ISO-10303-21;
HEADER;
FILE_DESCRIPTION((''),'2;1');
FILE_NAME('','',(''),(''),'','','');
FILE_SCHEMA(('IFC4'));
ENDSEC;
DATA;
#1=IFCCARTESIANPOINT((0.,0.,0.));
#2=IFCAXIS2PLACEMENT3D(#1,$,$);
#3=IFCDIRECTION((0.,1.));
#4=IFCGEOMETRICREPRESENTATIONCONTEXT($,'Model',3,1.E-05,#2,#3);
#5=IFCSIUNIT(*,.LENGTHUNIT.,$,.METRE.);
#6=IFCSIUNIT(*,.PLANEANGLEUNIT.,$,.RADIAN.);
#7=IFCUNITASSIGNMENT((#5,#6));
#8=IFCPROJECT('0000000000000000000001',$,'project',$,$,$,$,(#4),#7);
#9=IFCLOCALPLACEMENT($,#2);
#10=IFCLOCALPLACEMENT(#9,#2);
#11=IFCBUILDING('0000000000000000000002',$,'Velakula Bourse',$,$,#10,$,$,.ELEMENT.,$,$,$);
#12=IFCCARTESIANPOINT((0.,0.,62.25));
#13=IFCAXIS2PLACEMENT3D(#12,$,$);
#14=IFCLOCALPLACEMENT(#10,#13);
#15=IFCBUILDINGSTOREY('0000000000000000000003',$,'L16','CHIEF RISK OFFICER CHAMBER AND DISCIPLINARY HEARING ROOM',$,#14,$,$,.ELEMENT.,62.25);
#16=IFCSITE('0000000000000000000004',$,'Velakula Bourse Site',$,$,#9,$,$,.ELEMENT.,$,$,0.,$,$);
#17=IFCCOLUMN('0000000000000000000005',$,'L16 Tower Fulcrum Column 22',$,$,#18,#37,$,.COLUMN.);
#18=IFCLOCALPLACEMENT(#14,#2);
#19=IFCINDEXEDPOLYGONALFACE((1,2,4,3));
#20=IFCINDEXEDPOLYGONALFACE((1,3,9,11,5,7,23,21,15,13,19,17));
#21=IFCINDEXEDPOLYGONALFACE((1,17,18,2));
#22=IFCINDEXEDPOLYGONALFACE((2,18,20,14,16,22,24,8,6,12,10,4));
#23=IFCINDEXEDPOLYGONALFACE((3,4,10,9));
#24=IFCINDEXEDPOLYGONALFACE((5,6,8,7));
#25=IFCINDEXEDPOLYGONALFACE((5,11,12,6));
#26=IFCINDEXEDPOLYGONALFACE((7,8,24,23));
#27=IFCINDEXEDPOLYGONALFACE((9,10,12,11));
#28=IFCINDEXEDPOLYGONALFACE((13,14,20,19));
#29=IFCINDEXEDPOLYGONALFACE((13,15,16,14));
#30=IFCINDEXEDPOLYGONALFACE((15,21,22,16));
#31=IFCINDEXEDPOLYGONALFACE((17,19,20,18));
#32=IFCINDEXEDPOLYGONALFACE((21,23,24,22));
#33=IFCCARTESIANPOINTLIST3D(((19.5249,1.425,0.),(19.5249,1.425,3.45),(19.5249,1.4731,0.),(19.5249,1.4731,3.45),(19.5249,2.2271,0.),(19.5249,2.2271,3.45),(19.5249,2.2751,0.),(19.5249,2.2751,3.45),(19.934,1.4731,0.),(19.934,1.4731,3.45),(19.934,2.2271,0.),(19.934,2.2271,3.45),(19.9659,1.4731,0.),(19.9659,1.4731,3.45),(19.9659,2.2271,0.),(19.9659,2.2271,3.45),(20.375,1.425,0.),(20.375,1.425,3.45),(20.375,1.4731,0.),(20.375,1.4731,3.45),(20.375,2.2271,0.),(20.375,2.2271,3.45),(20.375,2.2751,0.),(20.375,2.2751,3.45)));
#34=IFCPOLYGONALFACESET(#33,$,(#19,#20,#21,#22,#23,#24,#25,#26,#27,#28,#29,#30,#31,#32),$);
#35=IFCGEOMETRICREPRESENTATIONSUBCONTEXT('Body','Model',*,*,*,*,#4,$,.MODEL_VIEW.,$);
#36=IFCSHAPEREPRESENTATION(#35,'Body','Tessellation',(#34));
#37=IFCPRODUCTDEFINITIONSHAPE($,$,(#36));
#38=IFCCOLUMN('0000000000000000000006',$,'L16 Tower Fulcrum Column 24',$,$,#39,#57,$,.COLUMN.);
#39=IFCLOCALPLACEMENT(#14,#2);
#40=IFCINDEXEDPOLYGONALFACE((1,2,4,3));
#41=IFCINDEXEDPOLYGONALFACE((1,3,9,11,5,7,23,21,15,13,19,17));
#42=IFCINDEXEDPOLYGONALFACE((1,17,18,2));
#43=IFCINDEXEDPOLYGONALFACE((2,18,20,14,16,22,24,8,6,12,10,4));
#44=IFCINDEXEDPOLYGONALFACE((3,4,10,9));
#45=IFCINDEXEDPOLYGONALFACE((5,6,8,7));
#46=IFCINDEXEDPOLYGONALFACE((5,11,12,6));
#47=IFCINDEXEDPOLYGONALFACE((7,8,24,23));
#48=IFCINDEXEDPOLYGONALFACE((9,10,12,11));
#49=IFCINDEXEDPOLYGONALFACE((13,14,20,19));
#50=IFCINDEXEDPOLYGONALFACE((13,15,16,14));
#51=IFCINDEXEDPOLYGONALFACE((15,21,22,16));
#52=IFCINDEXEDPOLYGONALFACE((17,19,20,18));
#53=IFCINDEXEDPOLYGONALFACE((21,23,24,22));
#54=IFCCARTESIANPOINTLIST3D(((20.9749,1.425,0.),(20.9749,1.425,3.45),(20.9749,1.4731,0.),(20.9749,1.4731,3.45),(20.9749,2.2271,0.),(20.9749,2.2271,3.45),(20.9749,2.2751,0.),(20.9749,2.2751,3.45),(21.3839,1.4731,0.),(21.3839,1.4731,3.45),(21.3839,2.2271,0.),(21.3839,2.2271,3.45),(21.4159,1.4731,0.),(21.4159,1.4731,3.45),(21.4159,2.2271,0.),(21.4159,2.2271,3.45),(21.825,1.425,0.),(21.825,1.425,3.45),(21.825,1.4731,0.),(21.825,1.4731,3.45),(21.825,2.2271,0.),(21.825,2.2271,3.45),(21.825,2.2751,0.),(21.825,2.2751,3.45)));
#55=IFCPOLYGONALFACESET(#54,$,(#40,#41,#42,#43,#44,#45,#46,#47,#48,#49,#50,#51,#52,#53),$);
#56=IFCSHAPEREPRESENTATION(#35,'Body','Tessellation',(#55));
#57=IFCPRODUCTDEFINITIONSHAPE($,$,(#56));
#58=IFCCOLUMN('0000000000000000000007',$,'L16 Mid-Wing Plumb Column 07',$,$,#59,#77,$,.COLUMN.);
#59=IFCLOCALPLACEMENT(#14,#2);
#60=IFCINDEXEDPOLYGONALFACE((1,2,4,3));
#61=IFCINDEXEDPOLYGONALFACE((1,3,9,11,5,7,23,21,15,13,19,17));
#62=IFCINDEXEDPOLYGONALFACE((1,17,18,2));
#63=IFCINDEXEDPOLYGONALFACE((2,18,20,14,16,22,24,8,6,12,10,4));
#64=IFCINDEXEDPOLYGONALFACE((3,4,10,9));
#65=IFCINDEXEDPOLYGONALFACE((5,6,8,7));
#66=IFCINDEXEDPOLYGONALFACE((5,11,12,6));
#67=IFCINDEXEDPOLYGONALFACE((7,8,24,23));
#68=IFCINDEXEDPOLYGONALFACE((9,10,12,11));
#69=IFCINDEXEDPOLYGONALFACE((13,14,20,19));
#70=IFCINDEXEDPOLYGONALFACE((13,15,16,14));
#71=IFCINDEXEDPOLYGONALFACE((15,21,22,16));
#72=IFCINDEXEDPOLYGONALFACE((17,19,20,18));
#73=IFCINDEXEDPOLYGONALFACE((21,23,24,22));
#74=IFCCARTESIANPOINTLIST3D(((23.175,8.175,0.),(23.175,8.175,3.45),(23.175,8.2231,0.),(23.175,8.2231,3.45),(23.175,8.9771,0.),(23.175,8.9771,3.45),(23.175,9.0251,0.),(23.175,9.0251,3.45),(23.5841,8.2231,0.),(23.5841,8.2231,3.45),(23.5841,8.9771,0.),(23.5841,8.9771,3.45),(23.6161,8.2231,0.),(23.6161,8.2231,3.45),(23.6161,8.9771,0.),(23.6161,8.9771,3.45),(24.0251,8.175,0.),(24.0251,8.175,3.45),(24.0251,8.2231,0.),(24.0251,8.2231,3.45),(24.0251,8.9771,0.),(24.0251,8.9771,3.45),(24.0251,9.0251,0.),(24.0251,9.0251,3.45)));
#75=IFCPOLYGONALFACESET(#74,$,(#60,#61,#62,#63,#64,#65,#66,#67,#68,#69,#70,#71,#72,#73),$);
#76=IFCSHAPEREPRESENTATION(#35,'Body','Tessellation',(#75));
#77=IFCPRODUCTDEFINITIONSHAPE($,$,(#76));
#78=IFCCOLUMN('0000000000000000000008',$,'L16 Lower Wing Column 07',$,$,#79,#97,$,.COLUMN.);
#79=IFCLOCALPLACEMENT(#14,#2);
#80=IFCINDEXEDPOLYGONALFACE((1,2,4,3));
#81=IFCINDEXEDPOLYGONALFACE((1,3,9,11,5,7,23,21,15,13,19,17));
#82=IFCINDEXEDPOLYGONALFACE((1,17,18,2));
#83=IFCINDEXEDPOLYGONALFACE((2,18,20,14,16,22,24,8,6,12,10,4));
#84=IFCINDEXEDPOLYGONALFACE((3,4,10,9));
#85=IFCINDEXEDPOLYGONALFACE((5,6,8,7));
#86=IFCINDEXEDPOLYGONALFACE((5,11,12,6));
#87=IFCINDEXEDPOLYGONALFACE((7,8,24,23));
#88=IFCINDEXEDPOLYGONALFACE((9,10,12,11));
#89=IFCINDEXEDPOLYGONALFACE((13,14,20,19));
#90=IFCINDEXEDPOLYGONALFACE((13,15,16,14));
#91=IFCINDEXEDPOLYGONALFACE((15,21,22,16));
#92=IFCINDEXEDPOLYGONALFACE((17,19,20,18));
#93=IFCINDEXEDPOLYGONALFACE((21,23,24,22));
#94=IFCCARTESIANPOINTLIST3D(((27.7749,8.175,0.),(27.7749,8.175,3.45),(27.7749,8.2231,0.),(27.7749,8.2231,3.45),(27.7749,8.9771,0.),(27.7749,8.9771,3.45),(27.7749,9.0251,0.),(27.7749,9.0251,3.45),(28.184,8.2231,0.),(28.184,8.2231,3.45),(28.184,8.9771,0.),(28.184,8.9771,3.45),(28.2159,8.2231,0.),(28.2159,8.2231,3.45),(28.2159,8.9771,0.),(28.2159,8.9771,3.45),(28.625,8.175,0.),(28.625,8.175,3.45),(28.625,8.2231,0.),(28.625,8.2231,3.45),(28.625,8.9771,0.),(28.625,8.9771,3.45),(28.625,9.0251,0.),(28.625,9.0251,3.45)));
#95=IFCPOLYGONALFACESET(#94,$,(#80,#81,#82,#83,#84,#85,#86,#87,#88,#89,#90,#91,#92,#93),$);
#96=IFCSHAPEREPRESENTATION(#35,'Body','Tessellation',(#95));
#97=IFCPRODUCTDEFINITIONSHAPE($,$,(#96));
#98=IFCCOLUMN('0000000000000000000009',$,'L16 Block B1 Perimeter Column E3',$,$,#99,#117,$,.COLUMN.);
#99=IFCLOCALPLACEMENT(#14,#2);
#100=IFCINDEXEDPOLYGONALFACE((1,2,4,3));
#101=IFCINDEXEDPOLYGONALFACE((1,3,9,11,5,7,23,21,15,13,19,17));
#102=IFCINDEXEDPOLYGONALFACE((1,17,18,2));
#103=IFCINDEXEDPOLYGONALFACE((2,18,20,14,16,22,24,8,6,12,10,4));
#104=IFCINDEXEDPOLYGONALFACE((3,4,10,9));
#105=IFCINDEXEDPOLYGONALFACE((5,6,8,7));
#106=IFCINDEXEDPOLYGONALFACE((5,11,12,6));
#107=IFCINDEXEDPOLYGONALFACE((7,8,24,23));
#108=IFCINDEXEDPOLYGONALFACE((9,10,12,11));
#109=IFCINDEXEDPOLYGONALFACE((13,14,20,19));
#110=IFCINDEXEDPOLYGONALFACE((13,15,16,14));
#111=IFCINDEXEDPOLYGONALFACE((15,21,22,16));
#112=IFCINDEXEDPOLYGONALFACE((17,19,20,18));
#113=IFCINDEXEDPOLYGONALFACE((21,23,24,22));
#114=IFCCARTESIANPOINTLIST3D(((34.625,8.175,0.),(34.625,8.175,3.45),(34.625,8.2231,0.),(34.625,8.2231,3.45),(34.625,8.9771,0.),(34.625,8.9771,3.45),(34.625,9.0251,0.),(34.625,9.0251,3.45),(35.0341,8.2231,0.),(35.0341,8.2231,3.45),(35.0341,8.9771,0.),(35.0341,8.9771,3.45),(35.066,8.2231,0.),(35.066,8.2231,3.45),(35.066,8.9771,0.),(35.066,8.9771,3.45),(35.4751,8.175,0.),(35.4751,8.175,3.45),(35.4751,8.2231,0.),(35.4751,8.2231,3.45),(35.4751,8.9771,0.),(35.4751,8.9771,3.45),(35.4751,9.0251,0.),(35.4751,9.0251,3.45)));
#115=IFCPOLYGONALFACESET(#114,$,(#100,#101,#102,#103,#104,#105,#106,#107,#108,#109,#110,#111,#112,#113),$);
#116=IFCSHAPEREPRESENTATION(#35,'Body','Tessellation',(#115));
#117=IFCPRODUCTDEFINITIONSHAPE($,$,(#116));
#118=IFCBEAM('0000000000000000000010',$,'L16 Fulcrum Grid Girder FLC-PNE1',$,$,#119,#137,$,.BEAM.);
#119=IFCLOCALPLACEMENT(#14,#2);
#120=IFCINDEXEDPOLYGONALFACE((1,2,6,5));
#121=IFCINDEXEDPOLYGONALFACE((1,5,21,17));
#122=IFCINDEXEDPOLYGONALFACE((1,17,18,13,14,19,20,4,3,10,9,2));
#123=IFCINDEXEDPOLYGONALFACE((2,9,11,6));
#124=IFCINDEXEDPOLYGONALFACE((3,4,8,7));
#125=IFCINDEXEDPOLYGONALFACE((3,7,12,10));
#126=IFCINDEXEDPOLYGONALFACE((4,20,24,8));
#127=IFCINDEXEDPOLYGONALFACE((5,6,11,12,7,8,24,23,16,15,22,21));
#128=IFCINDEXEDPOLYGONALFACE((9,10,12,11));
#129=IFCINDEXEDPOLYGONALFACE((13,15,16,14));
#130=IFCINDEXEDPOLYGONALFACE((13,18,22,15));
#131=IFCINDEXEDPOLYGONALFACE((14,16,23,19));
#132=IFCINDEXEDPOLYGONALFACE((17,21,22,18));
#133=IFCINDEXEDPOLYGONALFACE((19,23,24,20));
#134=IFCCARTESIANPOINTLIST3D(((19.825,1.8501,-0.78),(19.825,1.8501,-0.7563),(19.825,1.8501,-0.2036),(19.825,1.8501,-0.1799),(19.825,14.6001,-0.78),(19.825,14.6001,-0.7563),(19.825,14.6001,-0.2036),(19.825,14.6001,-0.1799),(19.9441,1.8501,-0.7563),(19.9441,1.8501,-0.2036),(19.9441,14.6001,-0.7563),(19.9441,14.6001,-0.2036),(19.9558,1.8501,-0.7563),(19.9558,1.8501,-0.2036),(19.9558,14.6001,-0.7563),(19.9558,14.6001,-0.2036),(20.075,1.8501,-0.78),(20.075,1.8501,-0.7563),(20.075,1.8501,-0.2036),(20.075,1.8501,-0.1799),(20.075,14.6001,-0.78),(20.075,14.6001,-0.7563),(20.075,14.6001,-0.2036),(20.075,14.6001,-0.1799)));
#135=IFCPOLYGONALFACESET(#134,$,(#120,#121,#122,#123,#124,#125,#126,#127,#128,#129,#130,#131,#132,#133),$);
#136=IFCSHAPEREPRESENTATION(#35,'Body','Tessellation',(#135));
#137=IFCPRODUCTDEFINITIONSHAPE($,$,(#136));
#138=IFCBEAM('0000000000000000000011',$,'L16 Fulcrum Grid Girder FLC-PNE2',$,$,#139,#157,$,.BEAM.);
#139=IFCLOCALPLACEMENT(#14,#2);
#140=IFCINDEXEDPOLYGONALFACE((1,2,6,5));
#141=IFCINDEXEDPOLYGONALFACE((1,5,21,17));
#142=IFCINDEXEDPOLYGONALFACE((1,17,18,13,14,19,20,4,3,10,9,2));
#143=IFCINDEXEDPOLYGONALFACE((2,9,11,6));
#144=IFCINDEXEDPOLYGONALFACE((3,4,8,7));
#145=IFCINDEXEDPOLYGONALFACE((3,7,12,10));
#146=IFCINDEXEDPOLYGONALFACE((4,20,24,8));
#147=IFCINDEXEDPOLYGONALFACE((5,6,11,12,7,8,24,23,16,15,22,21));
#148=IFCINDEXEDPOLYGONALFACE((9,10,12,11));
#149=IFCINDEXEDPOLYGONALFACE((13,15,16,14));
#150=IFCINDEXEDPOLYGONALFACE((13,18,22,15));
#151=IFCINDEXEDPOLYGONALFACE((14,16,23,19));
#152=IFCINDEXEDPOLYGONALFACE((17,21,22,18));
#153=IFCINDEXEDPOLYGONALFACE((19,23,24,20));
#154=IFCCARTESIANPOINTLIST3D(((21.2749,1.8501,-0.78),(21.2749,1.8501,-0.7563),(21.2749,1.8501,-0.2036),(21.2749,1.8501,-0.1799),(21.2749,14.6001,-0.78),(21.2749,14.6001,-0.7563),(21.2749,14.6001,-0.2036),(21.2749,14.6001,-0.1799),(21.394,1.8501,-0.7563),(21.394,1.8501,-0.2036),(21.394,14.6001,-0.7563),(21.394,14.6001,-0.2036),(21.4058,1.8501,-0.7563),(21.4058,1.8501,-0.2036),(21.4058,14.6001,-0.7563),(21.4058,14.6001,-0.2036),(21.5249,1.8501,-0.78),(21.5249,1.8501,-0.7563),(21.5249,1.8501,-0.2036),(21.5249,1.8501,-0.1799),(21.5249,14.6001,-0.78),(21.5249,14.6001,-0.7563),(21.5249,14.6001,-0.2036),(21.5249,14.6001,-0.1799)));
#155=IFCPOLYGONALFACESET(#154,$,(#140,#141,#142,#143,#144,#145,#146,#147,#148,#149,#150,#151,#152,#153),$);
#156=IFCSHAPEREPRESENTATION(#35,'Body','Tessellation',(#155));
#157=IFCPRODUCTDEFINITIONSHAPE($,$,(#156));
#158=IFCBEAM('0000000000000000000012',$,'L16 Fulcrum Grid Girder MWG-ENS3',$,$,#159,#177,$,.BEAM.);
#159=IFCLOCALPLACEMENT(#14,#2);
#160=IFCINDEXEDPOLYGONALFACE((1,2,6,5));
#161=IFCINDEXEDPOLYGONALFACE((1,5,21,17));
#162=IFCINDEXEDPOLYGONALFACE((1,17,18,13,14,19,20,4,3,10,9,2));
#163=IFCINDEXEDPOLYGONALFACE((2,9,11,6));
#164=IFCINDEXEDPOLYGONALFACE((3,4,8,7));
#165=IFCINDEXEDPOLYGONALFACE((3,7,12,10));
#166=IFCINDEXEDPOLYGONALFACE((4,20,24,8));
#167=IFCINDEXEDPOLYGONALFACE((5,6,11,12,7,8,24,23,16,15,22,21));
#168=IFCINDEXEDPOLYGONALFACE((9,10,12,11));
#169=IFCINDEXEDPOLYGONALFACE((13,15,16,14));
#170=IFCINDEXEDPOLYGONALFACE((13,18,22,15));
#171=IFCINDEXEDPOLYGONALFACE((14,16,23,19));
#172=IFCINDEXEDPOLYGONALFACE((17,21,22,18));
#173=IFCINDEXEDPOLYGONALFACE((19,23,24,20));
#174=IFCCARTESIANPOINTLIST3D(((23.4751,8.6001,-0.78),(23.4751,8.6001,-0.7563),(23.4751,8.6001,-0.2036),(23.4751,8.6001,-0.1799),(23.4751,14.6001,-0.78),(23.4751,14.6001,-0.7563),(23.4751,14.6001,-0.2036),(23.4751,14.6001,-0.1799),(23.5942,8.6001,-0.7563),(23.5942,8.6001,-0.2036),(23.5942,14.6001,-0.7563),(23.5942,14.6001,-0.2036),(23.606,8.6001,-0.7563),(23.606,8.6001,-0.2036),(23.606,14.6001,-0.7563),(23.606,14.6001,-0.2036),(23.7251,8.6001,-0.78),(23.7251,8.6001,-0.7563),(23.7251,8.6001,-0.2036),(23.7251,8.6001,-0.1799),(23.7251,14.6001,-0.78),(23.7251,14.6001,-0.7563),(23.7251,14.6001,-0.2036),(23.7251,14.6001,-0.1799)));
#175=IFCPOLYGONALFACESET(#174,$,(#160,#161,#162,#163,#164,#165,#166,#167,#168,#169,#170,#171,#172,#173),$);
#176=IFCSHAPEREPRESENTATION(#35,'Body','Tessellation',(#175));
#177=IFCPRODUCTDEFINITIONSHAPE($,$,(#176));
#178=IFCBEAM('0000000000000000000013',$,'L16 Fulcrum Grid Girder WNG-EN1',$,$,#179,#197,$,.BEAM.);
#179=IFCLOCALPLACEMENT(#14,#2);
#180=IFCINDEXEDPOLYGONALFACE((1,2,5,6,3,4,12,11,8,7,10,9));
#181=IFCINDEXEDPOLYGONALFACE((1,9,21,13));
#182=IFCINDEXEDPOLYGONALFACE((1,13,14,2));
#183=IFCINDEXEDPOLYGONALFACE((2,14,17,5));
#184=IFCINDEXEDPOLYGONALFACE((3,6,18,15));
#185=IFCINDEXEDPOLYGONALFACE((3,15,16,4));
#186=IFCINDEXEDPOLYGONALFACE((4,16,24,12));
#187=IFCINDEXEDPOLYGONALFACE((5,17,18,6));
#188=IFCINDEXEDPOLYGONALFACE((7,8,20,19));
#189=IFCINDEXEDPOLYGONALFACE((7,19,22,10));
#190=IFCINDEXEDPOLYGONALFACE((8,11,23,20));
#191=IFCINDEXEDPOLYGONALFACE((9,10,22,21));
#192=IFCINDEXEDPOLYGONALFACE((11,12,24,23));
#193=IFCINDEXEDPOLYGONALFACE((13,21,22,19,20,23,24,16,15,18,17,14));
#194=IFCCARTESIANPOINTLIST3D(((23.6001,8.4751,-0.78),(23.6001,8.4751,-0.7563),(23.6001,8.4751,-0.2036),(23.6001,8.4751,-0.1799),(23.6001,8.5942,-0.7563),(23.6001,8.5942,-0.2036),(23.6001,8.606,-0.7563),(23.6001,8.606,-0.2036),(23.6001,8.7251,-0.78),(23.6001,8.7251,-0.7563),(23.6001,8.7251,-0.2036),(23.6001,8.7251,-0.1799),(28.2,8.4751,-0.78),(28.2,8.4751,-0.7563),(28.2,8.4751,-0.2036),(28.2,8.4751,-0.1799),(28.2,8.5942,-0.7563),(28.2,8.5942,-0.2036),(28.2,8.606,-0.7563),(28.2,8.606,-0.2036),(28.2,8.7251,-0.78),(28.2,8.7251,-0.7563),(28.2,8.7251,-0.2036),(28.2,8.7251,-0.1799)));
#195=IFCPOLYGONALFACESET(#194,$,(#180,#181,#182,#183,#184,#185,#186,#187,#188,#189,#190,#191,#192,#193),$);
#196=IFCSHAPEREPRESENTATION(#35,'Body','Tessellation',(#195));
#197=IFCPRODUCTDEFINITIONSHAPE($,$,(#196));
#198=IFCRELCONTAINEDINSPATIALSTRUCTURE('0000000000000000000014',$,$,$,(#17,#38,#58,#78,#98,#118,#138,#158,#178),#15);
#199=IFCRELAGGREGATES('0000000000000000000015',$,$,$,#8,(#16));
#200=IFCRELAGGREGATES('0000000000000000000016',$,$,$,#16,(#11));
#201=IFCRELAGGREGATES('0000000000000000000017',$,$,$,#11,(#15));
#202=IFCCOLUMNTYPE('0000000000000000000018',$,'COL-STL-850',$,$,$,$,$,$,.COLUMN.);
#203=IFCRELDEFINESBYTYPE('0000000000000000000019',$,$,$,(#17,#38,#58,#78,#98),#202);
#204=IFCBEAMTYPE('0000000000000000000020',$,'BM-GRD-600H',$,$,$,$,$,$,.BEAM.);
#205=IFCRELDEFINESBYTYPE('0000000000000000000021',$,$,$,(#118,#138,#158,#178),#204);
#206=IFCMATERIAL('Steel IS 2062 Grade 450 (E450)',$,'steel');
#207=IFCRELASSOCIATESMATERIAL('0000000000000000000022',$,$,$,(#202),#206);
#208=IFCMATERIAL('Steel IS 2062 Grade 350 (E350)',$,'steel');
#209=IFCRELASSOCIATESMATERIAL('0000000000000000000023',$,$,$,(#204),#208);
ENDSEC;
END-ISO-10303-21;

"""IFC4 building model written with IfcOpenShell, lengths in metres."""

from ifc_helpers import new_model, si_unit, direction, frame, origin, origin_2d, place, context, subcontext, project, spatial, i_section, extrude, material, material_profile, profile_set, type_object, element, save


model = new_model("IFC4")

# Units and contexts
model_context = context("Model", 3, precision=1e-05, world=origin(), true_north=direction((0.0, 1.0)))
body_context = subcontext(model_context, "Body", "Model", "MODEL_VIEW")
ifc_project = project(units=[si_unit("LENGTHUNIT", "METRE"), si_unit("PLANEANGLEUNIT", "RADIAN")], contexts=[model_context])

# Site, building, storey
site_placement = place(None, origin())
site = spatial("IfcSite", under=ifc_project, at=site_placement, Name="Velakula Bourse Site", CompositionType="ELEMENT", RefElevation=0.0)
building_placement = place(site_placement, origin())
building = spatial("IfcBuilding", under=site, at=building_placement, Name="Velakula Bourse", CompositionType="ELEMENT")
storey_placement = place(building_placement, frame((0.0, 0.0, 62.25)))
storey = spatial("IfcBuildingStorey", under=building, at=storey_placement, Name="L16", Description="CHIEF RISK OFFICER CHAMBER AND DISCIPLINARY HEARING ROOM", CompositionType="ELEMENT", Elevation=62.25)

# Columns
ifc_material_1 = material(Name="Steel IS 2062 Grade 450 (E450)", Category="steel")
ifc_material_profile_1 = material_profile(ifc_material_1, i_section(OverallWidth=0.8501, OverallDepth=0.8501, WebThickness=0.032, FlangeThickness=0.0481, at=origin_2d()), Name="Steel IS 2062 Grade 450 (E450)")
ifc_profile_set_1 = profile_set([ifc_material_profile_1], Name="Steel IS 2062 Grade 450 (E450)")
column_type = type_object("IfcColumnType", Name="COL-STL-850", PredefinedType="COLUMN", material=ifc_profile_set_1)
for number, where, z_axis, x_axis, name in (
    (1, (19.95, 1.8501, 0.0), (0.0, 0.0, 1.0), (1.0, 0.0, 0.0), "L16 Tower Fulcrum Column 22"),
    (2, (21.3999, 1.8501, 0.0), (0.0, 0.0, 1.0), (1.0, 0.0, 0.0), "L16 Tower Fulcrum Column 24"),
    (3, (23.6001, 8.6001, 0.0), (0.0, 0.0, 1.0), (1.0, 0.0, 0.0), "L16 Mid-Wing Plumb Column 07"),
    (4, (28.2, 8.6001, 0.0), (0.0, 0.0, 1.0), (1.0, 0.0, 0.0), "L16 Lower Wing Column 07"),
    (5, (35.05, 8.6001, 0.0), (0.0, 0.0, 1.0), (1.0, 0.0, 0.0), "L16 Block B1 Perimeter Column E3"),
):
    element("IfcColumn", number, at=place(storey_placement, frame(where, z_axis=z_axis, x_axis=x_axis)), inside=storey, type_object=column_type, Name=name, PredefinedType="COLUMN", context=body_context, shape_type="SweptSolid", body=[
        extrude(i_section(OverallWidth=0.8501, OverallDepth=0.8501, WebThickness=0.032, FlangeThickness=0.0481, at=origin_2d()), origin(), (0.0, 0.0, 1.0), 3.45),
    ])

# Beams
ifc_material_2 = material(Name="Steel IS 2062 Grade 350 (E350)", Category="steel")
ifc_material_profile_2 = material_profile(ifc_material_2, i_section(OverallWidth=0.25, OverallDepth=0.6001, WebThickness=0.0117, FlangeThickness=0.0237, at=origin_2d()), Name="Steel IS 2062 Grade 350 (E350)")
ifc_profile_set_2 = profile_set([ifc_material_profile_2], Name="Steel IS 2062 Grade 350 (E350)")
beam_type_1 = type_object("IfcBeamType", Name="BM-GRD-600H", PredefinedType="BEAM", material=ifc_profile_set_2)
for number, where, z_axis, x_axis, name in (
    (6, (19.95, 1.8501, -0.48), (0.0, 1.0, 0.0), (-1.0, 0.0, 0.0), "L16 Fulcrum Grid Girder FLC-PNE1"),
    (7, (21.3999, 1.8501, -0.48), (0.0, 1.0, 0.0), (-1.0, 0.0, 0.0), "L16 Fulcrum Grid Girder FLC-PNE2"),
):
    element("IfcBeam", number, at=place(storey_placement, frame(where, z_axis=z_axis, x_axis=x_axis)), inside=storey, type_object=beam_type_1, Name=name, PredefinedType="BEAM", context=body_context, shape_type="SweptSolid", body=[
        extrude(i_section(OverallWidth=0.25, OverallDepth=0.6001, WebThickness=0.0117, FlangeThickness=0.0237, at=origin_2d()), origin(), (0.0, 0.0, 1.0), 12.75),
    ])
beam_1_placement = place(storey_placement, frame((23.6001, 8.6001, -0.48), z_axis=(0.0, 1.0, 0.0), x_axis=(-1.0, 0.0, 0.0)))
element("IfcBeam", 8, at=beam_1_placement, inside=storey, type_object=beam_type_1, Name="L16 Fulcrum Grid Girder MWG-ENS3", PredefinedType="BEAM", context=body_context, shape_type="SweptSolid", body=[
    extrude(i_section(OverallWidth=0.25, OverallDepth=0.6001, WebThickness=0.0117, FlangeThickness=0.0237, at=origin_2d()), origin(), (0.0, 0.0, 1.0), 6.0),
])
beam_2_placement = place(storey_placement, frame((23.6001, 8.6001, -0.48), z_axis=(1.0, 0.0, 0.0), x_axis=(0.0, 1.0, 0.0)))
element("IfcBeam", 9, at=beam_2_placement, inside=storey, type_object=beam_type_1, Name="L16 Fulcrum Grid Girder WNG-EN1", PredefinedType="BEAM", context=body_context, shape_type="SweptSolid", body=[
    extrude(i_section(OverallWidth=0.25, OverallDepth=0.6001, WebThickness=0.0117, FlangeThickness=0.0237, at=origin_2d()), origin(), (0.0, 0.0, 1.0), 4.5999),
])

save(model, "model.ifc")
